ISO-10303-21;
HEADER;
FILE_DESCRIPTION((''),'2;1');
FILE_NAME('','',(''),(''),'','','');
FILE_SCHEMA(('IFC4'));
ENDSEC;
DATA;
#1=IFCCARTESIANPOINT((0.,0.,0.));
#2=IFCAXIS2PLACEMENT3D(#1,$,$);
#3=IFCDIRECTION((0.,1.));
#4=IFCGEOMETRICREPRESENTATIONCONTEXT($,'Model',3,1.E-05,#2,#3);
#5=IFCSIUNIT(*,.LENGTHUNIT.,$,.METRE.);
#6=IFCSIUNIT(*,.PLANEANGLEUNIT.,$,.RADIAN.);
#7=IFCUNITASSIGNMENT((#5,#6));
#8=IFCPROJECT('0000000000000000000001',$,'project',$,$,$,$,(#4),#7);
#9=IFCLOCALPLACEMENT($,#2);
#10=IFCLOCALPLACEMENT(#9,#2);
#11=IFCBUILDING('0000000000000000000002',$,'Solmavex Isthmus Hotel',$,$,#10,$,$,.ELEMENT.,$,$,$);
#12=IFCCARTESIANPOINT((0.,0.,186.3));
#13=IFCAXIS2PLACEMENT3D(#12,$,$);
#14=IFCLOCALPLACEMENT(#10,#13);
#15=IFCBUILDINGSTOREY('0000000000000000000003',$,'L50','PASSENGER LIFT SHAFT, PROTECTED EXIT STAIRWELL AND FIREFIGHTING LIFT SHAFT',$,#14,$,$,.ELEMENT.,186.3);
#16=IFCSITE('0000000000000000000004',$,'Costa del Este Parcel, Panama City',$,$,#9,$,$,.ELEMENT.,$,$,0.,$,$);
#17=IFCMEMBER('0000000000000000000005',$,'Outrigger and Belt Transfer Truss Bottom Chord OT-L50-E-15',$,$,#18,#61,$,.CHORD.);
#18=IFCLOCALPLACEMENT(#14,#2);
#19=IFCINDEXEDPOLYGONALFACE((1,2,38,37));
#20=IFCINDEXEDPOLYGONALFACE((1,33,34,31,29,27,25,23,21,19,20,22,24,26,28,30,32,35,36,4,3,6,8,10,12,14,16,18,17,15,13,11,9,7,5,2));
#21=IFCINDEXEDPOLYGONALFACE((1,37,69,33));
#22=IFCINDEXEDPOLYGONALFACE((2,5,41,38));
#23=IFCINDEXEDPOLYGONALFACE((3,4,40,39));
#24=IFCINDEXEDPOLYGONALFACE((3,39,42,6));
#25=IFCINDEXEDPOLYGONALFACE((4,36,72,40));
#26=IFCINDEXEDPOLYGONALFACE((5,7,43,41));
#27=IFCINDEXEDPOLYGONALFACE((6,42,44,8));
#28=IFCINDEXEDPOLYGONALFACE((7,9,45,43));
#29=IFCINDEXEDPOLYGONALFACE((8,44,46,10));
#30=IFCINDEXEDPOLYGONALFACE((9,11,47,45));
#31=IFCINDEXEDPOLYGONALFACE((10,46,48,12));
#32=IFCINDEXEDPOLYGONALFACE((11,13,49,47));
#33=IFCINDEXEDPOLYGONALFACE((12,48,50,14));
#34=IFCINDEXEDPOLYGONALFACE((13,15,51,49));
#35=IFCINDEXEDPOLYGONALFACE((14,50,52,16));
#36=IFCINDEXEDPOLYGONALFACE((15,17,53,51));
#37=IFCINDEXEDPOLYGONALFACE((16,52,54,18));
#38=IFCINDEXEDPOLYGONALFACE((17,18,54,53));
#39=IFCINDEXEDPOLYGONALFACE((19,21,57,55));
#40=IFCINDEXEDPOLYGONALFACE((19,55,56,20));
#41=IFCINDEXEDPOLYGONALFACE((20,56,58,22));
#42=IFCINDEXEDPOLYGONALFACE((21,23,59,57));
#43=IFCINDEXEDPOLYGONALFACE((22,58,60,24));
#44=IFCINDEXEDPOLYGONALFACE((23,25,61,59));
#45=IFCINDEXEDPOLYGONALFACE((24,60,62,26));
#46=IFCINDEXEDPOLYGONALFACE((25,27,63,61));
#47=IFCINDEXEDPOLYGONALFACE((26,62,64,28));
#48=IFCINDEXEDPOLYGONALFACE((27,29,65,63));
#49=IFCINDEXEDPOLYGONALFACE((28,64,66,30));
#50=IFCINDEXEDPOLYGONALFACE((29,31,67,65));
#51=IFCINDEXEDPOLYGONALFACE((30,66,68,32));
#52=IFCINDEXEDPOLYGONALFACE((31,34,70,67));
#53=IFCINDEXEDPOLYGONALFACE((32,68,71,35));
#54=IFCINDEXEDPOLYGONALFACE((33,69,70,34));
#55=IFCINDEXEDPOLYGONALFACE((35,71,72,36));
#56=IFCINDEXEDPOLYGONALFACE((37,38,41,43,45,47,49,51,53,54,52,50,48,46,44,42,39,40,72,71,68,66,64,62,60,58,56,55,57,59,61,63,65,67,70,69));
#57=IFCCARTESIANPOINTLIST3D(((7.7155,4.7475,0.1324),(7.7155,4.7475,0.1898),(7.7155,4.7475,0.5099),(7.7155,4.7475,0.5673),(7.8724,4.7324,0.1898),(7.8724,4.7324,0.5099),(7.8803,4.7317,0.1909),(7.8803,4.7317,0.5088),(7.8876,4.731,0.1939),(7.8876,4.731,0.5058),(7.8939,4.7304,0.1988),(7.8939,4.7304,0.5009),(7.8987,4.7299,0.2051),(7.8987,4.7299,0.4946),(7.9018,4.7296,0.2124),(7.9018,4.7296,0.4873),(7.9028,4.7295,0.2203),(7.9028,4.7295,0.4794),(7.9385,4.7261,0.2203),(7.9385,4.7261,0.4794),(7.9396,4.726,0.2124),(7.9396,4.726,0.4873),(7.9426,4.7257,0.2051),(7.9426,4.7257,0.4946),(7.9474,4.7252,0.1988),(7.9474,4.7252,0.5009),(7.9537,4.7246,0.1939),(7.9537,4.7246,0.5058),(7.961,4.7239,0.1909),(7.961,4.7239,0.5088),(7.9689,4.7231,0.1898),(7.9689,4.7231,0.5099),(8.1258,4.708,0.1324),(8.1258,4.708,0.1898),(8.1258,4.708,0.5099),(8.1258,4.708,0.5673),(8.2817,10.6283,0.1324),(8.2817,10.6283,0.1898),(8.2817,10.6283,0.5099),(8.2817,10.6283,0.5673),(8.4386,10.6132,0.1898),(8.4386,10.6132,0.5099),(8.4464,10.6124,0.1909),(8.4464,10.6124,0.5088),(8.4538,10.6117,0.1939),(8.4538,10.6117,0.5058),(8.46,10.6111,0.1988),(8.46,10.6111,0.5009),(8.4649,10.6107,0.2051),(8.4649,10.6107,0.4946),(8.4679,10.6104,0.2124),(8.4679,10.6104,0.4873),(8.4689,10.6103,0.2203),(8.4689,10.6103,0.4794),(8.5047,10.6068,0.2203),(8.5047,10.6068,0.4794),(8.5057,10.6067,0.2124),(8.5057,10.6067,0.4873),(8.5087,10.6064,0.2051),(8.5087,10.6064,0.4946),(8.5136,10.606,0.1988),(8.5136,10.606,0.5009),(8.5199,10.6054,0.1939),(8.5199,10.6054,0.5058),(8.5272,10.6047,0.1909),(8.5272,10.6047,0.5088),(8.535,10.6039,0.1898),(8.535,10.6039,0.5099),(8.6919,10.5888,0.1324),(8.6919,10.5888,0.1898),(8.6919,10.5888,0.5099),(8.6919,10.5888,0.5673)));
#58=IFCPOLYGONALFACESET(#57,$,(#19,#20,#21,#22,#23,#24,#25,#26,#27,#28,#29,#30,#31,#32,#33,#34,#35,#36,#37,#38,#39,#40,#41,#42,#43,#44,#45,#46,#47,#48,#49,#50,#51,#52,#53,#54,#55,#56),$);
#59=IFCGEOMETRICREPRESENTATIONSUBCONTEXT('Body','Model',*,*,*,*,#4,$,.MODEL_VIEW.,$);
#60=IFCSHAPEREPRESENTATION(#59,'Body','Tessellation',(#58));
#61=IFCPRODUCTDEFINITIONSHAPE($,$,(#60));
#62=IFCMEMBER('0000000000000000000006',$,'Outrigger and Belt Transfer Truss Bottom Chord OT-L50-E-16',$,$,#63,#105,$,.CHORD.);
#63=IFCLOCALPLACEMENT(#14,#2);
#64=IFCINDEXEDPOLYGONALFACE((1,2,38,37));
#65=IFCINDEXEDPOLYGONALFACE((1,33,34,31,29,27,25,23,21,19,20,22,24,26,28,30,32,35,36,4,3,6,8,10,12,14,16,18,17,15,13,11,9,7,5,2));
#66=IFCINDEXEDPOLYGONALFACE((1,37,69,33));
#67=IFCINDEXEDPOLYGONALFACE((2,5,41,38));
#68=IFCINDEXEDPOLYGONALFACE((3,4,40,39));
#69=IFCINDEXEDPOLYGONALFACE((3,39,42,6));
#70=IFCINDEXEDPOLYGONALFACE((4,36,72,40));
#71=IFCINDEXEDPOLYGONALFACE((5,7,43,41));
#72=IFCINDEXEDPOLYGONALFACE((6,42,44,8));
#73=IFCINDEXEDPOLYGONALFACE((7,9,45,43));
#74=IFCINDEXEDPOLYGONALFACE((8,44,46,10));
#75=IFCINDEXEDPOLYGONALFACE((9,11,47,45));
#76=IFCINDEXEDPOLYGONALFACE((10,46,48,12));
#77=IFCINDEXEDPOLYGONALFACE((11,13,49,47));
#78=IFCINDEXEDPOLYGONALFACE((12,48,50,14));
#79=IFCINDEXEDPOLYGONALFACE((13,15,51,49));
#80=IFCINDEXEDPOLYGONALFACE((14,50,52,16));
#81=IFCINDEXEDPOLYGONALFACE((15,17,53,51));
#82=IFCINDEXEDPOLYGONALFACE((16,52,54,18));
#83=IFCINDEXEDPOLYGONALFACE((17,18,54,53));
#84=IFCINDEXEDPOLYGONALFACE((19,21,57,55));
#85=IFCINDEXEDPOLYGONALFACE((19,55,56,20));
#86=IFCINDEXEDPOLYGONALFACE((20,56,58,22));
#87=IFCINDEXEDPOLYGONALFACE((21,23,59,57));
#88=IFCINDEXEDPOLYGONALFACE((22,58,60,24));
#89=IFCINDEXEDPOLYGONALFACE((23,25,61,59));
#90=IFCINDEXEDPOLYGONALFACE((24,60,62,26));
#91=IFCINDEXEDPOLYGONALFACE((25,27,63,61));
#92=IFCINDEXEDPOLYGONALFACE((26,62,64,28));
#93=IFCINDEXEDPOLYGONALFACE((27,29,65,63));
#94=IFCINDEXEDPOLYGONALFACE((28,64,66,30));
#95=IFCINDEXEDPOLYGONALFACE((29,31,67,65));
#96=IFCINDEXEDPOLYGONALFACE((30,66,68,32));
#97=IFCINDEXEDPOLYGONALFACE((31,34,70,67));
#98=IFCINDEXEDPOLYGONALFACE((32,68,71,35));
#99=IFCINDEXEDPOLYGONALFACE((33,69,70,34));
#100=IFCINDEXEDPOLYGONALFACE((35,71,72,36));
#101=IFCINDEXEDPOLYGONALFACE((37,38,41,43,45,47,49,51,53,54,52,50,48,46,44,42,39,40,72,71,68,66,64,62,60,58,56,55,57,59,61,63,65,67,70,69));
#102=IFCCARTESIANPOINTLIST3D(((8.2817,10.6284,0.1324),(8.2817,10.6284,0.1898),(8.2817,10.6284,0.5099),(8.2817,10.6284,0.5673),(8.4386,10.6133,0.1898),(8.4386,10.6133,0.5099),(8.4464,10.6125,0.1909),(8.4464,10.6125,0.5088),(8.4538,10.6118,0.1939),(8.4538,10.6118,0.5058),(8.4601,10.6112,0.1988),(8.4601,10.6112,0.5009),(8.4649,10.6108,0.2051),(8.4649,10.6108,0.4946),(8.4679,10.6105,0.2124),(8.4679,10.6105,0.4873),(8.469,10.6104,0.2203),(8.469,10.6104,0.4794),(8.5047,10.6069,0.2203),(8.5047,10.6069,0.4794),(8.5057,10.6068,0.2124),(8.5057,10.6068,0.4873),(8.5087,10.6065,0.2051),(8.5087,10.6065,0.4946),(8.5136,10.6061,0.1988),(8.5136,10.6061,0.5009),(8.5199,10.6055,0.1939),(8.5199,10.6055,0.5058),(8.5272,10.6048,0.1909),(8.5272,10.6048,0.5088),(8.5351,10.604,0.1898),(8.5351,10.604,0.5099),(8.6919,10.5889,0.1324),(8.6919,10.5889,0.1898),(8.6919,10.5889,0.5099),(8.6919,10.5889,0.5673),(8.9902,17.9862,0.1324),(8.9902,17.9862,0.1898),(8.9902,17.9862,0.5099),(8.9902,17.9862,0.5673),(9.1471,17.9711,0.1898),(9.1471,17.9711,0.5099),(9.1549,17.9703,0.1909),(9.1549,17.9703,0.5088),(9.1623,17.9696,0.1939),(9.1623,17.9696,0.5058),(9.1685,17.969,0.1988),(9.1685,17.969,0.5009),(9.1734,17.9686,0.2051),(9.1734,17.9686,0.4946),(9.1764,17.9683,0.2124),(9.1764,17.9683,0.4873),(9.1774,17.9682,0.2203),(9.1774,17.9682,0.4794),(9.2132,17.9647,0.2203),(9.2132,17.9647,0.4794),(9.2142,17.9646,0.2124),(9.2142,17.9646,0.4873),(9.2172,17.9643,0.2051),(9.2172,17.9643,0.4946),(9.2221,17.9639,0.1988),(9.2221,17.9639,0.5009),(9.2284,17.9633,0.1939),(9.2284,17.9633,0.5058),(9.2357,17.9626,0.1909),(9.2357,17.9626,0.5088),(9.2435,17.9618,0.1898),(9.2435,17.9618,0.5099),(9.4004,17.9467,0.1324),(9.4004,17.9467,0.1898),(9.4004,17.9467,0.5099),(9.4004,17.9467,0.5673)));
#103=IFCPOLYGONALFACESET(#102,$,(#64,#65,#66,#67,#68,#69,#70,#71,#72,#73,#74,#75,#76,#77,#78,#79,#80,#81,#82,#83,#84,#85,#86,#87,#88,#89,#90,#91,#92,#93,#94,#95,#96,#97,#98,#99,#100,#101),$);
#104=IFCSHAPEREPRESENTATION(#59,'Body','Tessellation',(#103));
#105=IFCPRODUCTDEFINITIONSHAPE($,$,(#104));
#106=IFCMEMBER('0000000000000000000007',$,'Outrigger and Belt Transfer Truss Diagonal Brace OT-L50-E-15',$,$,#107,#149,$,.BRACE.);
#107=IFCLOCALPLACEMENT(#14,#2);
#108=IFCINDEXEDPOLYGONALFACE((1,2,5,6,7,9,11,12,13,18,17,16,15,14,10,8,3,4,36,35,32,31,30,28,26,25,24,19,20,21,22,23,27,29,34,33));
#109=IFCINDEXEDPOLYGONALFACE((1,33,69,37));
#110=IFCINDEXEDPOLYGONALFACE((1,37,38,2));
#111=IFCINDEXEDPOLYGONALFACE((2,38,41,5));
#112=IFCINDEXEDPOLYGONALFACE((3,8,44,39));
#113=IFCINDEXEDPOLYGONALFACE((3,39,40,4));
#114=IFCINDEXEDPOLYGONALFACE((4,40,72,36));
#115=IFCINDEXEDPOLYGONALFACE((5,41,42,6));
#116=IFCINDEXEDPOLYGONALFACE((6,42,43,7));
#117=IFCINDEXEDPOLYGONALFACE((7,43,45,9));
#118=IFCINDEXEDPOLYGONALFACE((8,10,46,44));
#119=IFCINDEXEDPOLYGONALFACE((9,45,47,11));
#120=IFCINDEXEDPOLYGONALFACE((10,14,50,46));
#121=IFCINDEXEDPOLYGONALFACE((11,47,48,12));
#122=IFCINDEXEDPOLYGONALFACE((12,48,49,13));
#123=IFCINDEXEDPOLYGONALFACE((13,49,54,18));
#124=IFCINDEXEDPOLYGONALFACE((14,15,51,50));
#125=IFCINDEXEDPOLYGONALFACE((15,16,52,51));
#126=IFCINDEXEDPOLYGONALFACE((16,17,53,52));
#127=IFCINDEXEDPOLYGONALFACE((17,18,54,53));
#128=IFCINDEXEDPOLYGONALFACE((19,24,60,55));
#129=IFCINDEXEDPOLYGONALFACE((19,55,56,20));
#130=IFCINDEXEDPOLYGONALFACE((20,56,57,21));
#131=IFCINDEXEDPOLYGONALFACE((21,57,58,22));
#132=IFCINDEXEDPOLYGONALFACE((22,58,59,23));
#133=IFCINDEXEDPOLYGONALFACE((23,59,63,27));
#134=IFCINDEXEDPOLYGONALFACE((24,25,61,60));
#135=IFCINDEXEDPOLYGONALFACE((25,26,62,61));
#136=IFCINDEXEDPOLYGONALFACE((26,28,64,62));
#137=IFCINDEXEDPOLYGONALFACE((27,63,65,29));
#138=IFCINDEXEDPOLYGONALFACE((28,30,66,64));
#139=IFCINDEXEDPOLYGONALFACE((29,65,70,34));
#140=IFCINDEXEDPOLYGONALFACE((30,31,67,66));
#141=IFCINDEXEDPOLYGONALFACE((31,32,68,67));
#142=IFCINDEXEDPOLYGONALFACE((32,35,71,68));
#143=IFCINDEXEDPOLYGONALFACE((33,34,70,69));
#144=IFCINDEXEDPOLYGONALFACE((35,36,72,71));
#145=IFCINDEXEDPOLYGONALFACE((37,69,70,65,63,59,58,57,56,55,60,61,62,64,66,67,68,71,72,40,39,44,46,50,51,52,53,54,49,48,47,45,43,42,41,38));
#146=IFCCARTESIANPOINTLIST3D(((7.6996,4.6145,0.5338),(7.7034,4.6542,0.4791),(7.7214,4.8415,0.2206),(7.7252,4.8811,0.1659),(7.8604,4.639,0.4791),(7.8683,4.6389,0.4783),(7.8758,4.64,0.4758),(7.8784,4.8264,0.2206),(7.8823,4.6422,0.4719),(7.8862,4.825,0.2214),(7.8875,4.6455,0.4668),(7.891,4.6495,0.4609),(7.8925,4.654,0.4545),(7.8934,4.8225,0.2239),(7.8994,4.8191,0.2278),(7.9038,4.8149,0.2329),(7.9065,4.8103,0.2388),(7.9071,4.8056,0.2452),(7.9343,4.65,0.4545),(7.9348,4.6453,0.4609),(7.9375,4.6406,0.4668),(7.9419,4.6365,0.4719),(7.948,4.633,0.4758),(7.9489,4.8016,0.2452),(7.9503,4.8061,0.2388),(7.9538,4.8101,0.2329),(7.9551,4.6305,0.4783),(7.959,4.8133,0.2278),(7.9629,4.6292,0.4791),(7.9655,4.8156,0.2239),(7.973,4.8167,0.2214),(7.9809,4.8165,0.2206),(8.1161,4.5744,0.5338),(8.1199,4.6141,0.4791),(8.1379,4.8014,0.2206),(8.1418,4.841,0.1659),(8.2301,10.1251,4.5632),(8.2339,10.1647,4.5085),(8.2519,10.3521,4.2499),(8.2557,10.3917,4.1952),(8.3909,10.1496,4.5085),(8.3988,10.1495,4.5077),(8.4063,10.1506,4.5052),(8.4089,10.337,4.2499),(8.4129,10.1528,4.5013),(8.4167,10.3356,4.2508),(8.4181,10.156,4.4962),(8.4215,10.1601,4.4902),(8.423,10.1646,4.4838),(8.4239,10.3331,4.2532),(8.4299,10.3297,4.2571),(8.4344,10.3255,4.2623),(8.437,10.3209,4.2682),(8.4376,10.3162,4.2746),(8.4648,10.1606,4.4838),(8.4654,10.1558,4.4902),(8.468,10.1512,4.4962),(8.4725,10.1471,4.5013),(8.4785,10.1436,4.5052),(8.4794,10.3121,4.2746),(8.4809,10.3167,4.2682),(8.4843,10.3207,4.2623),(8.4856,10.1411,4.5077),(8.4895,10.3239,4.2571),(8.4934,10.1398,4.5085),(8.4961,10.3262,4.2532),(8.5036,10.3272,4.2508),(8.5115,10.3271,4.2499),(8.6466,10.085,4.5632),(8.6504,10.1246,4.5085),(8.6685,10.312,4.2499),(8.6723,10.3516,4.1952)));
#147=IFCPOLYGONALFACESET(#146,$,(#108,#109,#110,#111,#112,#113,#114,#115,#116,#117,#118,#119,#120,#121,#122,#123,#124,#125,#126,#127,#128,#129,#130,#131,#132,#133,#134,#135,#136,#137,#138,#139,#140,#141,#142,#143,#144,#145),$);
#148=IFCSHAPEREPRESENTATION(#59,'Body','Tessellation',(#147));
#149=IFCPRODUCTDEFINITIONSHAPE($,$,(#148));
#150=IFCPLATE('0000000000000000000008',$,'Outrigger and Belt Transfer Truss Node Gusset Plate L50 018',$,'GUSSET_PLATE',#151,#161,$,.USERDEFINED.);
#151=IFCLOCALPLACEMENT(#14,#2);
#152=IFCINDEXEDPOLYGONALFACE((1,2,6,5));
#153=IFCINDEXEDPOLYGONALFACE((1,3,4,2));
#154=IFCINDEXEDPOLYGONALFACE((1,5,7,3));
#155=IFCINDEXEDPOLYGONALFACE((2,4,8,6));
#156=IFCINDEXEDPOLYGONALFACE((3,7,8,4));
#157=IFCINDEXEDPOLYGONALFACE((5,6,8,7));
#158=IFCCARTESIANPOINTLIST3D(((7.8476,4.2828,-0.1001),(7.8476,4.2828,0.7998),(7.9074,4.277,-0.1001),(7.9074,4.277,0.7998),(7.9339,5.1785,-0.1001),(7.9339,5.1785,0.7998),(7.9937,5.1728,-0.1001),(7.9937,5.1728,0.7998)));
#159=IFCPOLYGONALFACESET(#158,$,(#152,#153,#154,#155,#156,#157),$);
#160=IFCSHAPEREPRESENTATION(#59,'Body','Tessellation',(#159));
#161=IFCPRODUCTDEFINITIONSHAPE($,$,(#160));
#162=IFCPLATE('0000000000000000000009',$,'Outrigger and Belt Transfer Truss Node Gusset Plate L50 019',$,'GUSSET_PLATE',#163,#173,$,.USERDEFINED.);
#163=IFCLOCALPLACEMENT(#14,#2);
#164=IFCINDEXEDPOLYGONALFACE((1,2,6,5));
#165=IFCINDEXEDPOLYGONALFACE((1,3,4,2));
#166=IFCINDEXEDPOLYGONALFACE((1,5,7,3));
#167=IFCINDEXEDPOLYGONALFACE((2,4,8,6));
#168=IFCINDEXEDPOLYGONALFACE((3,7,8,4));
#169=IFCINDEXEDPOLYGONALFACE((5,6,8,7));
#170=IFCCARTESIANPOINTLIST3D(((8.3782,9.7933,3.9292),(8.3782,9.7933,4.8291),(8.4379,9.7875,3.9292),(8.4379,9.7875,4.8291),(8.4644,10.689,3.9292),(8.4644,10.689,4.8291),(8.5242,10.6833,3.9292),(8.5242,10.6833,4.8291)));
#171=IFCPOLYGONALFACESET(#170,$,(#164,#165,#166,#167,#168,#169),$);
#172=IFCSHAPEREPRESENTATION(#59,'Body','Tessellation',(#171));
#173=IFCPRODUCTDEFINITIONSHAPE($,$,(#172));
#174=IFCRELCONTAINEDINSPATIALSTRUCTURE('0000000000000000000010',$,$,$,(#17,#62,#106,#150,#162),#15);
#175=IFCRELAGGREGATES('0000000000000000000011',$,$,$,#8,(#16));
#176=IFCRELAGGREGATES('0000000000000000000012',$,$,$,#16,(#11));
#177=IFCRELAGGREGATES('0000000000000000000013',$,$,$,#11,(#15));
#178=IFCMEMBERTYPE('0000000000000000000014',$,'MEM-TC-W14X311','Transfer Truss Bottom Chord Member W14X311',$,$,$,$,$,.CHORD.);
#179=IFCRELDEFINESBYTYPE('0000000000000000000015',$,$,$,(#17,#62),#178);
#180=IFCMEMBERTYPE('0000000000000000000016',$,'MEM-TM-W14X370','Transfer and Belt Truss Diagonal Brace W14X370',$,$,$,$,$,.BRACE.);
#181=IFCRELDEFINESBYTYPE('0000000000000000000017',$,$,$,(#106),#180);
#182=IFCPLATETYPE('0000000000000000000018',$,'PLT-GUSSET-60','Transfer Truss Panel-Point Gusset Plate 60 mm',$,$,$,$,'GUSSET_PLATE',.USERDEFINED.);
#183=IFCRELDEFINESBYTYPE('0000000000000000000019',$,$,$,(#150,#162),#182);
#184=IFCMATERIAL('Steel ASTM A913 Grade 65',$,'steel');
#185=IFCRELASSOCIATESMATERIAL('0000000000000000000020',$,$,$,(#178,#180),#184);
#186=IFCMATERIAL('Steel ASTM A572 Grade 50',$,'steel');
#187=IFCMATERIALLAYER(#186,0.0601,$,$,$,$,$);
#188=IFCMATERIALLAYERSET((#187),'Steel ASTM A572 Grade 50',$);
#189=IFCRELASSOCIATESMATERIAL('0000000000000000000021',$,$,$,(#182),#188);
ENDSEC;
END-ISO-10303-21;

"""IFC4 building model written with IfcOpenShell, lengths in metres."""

from ifc_helpers import new_model, si_unit, direction, frame, origin, origin_2d, place, context, subcontext, project, spatial, rectangle, i_section, extrude, material, layer, layer_set, material_profile, profile_set, type_object, element, save


model = new_model("IFC4")

# Units and contexts
model_context = context("Model", 3, precision=1e-05, world=origin(), true_north=direction((0.0, 1.0)))
body_context = subcontext(model_context, "Body", "Model", "MODEL_VIEW")
ifc_project = project(units=[si_unit("LENGTHUNIT", "METRE"), si_unit("PLANEANGLEUNIT", "RADIAN")], contexts=[model_context])

# Site, building, storey
site_placement = place(None, origin())
site = spatial("IfcSite", under=ifc_project, at=site_placement, Name="Costa del Este Parcel, Panama City", CompositionType="ELEMENT", RefElevation=0.0)
building_placement = place(site_placement, origin())
building = spatial("IfcBuilding", under=site, at=building_placement, Name="Solmavex Isthmus Hotel", CompositionType="ELEMENT")
storey_placement = place(building_placement, frame((0.0, 0.0, 186.3)))
storey = spatial("IfcBuildingStorey", under=building, at=storey_placement, Name="L50", Description="PASSENGER LIFT SHAFT, PROTECTED EXIT STAIRWELL AND FIREFIGHTING LIFT SHAFT", CompositionType="ELEMENT", Elevation=186.3)

# Shared definitions
ifc_material_1 = material(Name="Steel ASTM A913 Grade 65", Category="steel")

# Members
ifc_material_profile_1 = material_profile(ifc_material_1, i_section(OverallWidth=0.4121, OverallDepth=0.4348, WebThickness=0.0359, FlangeThickness=0.0574, FilletRadius=0.0305, at=origin_2d()), Name="W14X311")
ifc_profile_set_1 = profile_set([ifc_material_profile_1], Name="Steel ASTM A913 Grade 65")
member_type_1 = type_object("IfcMemberType", Name="MEM-TC-W14X311", Description="Transfer Truss Bottom Chord Member W14X311", PredefinedType="CHORD", material=ifc_profile_set_1)
member_1_placement = place(storey_placement, frame((7.9207, 4.7278, 0.3499), z_axis=(0.095829, 0.995398, 0.0), x_axis=(-0.995398, 0.095829, 0.0)))
element("IfcMember", 1, at=member_1_placement, inside=storey, type_object=member_type_1, Name="Outrigger and Belt Transfer Truss Bottom Chord OT-L50-E-15", PredefinedType="CHORD", context=body_context, shape_type="SweptSolid", body=[
    extrude(i_section(OverallWidth=0.4121, OverallDepth=0.4348, WebThickness=0.0359, FlangeThickness=0.0574, FilletRadius=0.0305, at=origin_2d()), origin(), (0.0, 0.0, 1.0), 5.908),
])
member_2_placement = place(storey_placement, frame((8.4868, 10.6086, 0.3499), z_axis=(0.095847, 0.995396, 0.0), x_axis=(-0.995396, 0.095847, 0.0)))
element("IfcMember", 2, at=member_2_placement, inside=storey, type_object=member_type_1, Name="Outrigger and Belt Transfer Truss Bottom Chord OT-L50-E-16", PredefinedType="CHORD", context=body_context, shape_type="SweptSolid", body=[
    extrude(i_section(OverallWidth=0.4121, OverallDepth=0.4348, WebThickness=0.0359, FlangeThickness=0.0574, FilletRadius=0.0305, at=origin_2d()), origin(), (0.0, 0.0, 1.0), 7.3918),
])
ifc_material_profile_2 = material_profile(ifc_material_1, i_section(OverallWidth=0.4185, OverallDepth=0.4551, WebThickness=0.042, FlangeThickness=0.0676, FilletRadius=0.0305, at=origin_2d()), Name="W14X370")
ifc_profile_set_2 = profile_set([ifc_material_profile_2], Name="Steel ASTM A913 Grade 65")
member_type_2 = type_object("IfcMemberType", Name="MEM-TM-W14X370", Description="Transfer and Belt Truss Diagonal Brace W14X370", PredefinedType="BRACE", material=ifc_profile_set_2)
member_3_placement = place(storey_placement, frame((7.9207, 4.7278, 0.3499), z_axis=(0.077481, 0.804797, 0.588471), x_axis=(-0.995398, 0.095831, 0.0)))
element("IfcMember", 3, at=member_3_placement, inside=storey, type_object=member_type_2, Name="Outrigger and Belt Transfer Truss Diagonal Brace OT-L50-E-15", PredefinedType="BRACE", context=body_context, shape_type="SweptSolid", body=[
    extrude(i_section(OverallWidth=0.4185, OverallDepth=0.4551, WebThickness=0.042, FlangeThickness=0.0676, FilletRadius=0.0305, at=origin_2d()), origin(), (0.0, 0.0, 1.0), 6.8472),
])

# Plates
ifc_material_2 = material(Name="Steel ASTM A572 Grade 50", Category="steel")
ifc_layer = layer(ifc_material_2, 0.0601)
ifc_layer_set = layer_set([ifc_layer], Name="Steel ASTM A572 Grade 50")
plate_type = type_object("IfcPlateType", Name="PLT-GUSSET-60", Description="Transfer Truss Panel-Point Gusset Plate 60 mm", ElementType="GUSSET_PLATE", PredefinedType="USERDEFINED", material=ifc_layer_set)
for number, where, z_axis, x_axis, name in (
    (4, (7.9207, 4.7278, -0.1001), (0.0, 0.0, 1.0), (0.095846, 0.995396, 0.0), "Outrigger and Belt Transfer Truss Node Gusset Plate L50 018"),
    (5, (8.4512, 10.2383, 3.9292), (0.0, 0.0, 1.0), (0.095846, 0.995396, 0.0), "Outrigger and Belt Transfer Truss Node Gusset Plate L50 019"),
):
    element("IfcPlate", number, at=place(storey_placement, frame(where, z_axis=z_axis, x_axis=x_axis)), inside=storey, type_object=plate_type, Name=name, ObjectType="GUSSET_PLATE", PredefinedType="USERDEFINED", context=body_context, shape_type="SweptSolid", body=[
        extrude(rectangle(XDim=0.8999, YDim=0.0601, at=origin_2d()), origin(), (0.0, 0.0, 1.0), 0.8999),
    ])

save(model, "model.ifc")
